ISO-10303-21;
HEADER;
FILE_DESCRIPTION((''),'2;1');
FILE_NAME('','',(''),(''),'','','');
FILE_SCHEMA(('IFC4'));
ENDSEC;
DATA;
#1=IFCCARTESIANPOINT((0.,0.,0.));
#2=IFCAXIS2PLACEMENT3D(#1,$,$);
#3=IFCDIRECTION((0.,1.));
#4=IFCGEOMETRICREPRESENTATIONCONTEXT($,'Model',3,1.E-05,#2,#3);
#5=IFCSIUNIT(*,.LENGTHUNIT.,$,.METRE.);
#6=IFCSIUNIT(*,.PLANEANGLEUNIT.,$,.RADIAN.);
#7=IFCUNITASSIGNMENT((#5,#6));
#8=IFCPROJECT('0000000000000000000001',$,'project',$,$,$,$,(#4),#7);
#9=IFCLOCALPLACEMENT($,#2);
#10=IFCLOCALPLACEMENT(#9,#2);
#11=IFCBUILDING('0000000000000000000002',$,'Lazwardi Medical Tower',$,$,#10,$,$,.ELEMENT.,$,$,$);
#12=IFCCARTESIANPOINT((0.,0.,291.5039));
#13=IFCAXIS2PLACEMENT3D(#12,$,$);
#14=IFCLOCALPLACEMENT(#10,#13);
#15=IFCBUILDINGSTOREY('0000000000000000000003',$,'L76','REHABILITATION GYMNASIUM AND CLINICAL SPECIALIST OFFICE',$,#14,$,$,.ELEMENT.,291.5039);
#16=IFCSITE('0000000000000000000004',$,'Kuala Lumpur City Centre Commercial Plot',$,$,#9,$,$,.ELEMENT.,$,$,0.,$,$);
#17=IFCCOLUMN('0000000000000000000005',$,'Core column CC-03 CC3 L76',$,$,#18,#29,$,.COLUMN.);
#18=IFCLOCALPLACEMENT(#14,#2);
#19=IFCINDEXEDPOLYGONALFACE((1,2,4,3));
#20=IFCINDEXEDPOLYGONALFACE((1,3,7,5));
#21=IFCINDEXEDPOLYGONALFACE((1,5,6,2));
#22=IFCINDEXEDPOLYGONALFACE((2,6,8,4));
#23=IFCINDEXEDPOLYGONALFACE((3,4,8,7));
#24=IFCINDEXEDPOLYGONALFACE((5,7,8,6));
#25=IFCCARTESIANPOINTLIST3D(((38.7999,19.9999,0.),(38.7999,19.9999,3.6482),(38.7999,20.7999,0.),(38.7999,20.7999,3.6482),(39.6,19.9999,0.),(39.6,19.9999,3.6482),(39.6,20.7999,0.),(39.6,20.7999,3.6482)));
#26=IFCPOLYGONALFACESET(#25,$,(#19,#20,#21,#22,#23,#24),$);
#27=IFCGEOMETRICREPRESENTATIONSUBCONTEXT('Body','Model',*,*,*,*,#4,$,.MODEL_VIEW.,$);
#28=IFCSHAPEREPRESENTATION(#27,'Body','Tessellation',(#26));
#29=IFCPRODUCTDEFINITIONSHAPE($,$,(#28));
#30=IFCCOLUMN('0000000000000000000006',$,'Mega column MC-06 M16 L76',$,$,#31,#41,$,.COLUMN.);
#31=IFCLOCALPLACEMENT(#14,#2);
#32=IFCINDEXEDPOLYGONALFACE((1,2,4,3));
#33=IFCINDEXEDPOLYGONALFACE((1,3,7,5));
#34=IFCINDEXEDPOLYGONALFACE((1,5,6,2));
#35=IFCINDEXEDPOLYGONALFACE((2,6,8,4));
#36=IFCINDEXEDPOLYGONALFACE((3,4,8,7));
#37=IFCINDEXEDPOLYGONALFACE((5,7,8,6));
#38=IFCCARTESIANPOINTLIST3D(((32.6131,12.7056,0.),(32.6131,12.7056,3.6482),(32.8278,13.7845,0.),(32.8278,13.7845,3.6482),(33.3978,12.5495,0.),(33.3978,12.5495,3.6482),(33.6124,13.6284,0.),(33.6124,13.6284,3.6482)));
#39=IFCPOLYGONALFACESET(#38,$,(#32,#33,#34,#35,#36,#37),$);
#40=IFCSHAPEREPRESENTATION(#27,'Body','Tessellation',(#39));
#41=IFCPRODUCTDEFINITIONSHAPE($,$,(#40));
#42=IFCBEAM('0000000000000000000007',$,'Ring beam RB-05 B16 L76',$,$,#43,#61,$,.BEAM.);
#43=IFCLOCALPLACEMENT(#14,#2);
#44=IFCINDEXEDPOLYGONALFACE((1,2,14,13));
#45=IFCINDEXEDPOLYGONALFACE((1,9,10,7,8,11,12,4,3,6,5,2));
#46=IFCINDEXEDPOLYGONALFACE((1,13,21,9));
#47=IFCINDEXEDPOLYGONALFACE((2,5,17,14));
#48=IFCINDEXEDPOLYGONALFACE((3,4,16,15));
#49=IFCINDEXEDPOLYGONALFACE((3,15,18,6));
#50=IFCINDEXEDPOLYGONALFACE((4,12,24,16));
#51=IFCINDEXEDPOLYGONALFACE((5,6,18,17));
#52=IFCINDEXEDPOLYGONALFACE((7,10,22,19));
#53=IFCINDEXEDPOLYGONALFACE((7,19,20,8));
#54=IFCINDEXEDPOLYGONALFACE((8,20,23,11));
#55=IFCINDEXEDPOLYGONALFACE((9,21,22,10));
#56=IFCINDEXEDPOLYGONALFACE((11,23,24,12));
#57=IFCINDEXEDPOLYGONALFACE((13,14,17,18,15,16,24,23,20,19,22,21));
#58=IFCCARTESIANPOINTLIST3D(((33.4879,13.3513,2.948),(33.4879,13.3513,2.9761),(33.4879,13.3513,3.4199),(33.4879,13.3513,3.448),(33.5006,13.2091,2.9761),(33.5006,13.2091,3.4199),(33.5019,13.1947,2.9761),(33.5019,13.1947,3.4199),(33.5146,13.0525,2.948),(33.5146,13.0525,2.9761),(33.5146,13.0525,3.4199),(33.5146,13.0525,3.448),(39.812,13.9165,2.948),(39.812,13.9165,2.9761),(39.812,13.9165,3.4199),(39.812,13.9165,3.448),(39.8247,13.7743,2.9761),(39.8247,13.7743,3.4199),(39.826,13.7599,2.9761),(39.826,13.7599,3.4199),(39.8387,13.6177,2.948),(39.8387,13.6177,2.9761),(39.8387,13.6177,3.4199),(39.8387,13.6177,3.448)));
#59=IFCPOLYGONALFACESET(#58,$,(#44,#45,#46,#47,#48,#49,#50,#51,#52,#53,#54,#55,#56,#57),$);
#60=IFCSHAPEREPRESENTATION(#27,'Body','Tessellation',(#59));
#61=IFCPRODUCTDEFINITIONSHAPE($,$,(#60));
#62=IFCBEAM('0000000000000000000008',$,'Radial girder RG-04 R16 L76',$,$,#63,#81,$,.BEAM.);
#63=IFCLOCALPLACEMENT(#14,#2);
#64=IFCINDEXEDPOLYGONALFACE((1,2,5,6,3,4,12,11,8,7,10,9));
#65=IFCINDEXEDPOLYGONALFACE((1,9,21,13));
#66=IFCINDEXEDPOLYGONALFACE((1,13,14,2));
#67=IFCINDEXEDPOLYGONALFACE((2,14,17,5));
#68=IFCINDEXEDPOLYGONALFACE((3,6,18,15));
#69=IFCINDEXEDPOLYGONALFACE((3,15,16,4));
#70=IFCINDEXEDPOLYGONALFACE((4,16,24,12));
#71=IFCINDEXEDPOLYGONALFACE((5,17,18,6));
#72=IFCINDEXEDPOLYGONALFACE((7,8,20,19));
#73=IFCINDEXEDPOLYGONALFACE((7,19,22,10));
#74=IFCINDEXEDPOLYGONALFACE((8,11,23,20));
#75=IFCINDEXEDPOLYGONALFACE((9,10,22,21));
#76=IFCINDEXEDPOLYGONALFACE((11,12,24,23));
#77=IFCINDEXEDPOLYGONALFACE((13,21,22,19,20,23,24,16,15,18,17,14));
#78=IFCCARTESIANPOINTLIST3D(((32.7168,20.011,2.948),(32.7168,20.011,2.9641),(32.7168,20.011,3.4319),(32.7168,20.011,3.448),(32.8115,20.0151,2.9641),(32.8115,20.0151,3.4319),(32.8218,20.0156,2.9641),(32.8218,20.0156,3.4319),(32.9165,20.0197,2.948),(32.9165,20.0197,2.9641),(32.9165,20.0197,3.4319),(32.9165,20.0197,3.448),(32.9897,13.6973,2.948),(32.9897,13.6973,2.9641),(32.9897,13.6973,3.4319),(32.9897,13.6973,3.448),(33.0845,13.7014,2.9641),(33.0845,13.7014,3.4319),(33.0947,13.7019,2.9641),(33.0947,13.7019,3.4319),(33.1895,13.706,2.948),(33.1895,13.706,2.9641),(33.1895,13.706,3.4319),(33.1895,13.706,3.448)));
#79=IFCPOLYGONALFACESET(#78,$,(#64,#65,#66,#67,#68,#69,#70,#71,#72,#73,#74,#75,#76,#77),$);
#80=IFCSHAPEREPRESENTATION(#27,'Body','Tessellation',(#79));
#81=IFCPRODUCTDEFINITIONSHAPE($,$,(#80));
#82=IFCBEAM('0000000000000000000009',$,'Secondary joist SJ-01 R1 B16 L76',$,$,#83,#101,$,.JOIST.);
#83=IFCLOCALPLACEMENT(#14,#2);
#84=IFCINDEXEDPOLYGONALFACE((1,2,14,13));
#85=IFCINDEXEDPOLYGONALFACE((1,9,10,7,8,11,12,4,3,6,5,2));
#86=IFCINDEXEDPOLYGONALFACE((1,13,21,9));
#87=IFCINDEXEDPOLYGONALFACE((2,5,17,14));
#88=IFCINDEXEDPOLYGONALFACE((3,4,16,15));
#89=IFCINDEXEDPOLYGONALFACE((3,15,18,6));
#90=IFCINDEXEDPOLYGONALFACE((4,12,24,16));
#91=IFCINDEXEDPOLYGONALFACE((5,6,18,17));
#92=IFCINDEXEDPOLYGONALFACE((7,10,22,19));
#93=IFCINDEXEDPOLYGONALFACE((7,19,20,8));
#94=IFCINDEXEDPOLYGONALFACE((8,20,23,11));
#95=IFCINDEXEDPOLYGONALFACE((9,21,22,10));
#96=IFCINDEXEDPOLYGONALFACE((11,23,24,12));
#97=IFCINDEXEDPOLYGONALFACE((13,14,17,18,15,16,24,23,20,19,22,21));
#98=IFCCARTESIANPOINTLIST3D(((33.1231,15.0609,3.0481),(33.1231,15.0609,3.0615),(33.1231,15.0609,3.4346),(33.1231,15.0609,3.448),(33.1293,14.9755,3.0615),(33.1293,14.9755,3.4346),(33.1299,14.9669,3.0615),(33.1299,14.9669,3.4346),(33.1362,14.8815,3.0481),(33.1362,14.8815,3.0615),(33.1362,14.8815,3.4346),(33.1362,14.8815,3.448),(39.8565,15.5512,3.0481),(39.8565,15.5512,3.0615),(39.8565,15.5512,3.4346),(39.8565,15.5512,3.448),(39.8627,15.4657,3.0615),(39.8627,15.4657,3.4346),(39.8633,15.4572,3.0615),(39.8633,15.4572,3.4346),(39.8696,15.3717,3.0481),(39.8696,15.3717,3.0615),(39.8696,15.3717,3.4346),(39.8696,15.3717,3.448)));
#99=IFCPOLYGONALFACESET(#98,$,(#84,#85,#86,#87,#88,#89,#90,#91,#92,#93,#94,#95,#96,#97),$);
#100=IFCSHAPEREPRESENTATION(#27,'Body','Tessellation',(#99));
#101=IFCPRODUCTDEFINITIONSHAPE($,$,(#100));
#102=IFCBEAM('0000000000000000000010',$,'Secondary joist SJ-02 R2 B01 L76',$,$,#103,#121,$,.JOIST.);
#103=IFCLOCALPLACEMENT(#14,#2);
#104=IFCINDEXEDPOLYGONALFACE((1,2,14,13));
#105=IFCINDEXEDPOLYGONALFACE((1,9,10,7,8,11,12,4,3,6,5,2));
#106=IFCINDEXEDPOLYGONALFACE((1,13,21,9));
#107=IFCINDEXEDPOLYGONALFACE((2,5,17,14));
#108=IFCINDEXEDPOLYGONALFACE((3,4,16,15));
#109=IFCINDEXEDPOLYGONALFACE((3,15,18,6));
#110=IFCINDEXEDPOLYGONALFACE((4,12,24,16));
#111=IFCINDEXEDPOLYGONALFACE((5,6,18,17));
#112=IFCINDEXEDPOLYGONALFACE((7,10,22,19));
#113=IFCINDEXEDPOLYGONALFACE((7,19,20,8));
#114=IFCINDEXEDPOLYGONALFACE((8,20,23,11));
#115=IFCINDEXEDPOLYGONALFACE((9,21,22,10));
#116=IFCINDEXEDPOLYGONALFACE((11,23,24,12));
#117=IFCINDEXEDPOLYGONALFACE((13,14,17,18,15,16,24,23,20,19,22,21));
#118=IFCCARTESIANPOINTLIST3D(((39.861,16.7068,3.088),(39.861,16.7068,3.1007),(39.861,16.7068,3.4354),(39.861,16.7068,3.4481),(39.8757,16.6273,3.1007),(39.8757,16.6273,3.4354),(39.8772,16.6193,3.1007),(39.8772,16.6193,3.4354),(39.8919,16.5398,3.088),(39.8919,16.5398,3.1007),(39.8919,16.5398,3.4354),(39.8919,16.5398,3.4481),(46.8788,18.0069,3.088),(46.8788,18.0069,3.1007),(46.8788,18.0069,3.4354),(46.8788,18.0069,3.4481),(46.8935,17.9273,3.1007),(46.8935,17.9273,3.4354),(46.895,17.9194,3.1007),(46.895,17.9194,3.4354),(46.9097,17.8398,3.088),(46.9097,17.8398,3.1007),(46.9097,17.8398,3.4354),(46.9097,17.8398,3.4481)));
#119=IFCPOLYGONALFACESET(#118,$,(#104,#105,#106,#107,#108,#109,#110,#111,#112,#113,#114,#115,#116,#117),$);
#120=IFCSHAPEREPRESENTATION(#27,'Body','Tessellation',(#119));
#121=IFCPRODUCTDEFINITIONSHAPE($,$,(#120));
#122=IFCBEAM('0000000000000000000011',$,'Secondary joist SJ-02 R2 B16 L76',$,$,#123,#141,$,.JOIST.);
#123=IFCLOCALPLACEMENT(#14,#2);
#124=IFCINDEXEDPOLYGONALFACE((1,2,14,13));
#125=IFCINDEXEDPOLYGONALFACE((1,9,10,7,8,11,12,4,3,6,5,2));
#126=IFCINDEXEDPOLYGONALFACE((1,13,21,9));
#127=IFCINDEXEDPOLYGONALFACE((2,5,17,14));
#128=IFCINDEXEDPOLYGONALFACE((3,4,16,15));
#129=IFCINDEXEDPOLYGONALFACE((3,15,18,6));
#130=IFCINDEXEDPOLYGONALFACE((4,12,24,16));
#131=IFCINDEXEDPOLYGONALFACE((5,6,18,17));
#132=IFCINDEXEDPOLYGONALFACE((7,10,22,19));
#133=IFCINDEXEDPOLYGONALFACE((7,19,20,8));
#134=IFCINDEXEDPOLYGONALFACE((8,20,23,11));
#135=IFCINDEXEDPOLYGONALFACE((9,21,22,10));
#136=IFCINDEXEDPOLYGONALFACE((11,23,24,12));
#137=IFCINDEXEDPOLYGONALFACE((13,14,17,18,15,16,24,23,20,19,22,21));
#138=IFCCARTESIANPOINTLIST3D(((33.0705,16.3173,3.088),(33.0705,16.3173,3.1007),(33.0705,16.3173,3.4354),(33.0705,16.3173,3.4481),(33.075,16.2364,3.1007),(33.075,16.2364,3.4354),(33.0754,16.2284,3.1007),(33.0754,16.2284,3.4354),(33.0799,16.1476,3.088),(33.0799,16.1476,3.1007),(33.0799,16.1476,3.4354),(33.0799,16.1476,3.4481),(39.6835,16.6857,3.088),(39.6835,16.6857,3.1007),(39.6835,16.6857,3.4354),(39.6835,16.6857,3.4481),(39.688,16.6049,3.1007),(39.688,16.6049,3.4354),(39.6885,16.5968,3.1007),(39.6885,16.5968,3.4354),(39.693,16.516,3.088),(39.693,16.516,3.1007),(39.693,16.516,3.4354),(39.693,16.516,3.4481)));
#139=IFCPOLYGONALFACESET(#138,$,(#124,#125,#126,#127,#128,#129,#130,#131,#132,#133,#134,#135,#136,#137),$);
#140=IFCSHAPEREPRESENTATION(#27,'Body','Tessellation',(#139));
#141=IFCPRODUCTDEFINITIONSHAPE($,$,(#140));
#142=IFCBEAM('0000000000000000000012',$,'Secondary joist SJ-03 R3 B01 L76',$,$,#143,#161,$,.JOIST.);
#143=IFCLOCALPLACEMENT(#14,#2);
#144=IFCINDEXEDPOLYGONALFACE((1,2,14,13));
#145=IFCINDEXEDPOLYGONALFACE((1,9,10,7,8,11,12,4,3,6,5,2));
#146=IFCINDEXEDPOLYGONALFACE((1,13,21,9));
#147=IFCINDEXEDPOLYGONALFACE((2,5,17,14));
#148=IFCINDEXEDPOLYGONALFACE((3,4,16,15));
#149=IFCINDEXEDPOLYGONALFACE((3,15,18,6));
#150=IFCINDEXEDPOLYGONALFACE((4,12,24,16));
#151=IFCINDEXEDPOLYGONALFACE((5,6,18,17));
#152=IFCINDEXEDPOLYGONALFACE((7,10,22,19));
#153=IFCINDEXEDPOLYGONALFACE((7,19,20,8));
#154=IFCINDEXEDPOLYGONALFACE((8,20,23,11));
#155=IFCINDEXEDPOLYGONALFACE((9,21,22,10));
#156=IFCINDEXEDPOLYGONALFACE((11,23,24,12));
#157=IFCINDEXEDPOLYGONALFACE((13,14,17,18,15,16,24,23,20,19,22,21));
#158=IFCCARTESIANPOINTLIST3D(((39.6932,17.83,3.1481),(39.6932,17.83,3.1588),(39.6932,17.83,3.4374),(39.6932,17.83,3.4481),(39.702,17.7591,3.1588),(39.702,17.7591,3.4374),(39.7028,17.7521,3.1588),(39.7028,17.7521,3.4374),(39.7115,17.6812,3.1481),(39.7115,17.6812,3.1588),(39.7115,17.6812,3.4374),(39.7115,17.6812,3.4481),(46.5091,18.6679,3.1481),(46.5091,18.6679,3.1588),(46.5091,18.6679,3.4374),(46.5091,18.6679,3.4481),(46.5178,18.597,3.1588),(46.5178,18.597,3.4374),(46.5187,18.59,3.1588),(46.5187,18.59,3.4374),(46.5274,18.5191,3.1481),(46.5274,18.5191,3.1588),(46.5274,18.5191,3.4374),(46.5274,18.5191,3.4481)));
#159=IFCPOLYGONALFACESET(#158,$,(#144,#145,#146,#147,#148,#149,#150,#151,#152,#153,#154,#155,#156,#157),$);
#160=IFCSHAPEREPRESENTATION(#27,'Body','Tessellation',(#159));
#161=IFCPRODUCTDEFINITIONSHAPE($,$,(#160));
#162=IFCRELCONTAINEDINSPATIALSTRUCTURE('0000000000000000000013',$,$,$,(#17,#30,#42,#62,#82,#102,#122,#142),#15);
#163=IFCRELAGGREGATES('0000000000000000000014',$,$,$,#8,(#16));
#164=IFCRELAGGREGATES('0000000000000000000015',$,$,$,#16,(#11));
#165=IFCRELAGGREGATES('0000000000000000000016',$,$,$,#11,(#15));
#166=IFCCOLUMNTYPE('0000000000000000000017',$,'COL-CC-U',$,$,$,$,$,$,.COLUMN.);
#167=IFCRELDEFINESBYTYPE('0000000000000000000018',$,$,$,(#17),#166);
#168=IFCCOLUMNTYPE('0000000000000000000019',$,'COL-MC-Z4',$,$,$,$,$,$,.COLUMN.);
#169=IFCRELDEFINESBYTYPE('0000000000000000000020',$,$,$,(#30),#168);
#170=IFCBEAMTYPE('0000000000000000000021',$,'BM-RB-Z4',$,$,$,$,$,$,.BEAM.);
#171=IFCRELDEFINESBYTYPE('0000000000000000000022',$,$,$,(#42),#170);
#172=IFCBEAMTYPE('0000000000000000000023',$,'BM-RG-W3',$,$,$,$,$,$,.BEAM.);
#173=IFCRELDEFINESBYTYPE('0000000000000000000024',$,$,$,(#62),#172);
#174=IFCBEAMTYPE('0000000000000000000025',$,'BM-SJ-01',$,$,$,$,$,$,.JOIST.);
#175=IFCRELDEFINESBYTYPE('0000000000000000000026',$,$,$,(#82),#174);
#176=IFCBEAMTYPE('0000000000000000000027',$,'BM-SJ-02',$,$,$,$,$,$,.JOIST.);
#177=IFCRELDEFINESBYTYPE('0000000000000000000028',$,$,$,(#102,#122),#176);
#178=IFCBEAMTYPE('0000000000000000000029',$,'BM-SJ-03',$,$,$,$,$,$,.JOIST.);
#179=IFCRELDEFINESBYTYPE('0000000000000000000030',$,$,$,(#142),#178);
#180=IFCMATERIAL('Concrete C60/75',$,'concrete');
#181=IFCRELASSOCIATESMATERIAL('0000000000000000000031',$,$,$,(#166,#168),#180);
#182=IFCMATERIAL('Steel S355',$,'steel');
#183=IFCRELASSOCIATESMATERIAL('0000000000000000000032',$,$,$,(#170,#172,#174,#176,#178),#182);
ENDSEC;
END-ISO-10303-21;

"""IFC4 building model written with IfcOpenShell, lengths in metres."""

from ifc_helpers import new_model, si_unit, direction, frame, origin, origin_2d, place, context, subcontext, project, spatial, rectangle, i_section, extrude, material, material_profile, profile_set, type_object, element, save


model = new_model("IFC4")

# Units and contexts
model_context = context("Model", 3, precision=1e-05, world=origin(), true_north=direction((0.0, 1.0)))
body_context = subcontext(model_context, "Body", "Model", "MODEL_VIEW")
ifc_project = project(units=[si_unit("LENGTHUNIT", "METRE"), si_unit("PLANEANGLEUNIT", "RADIAN")], contexts=[model_context])

# Site, building, storey
site_placement = place(None, origin())
site = spatial("IfcSite", under=ifc_project, at=site_placement, Name="Kuala Lumpur City Centre Commercial Plot", CompositionType="ELEMENT", RefElevation=0.0)
building_placement = place(site_placement, origin())
building = spatial("IfcBuilding", under=site, at=building_placement, Name="Lazwardi Medical Tower", CompositionType="ELEMENT")
storey_placement = place(building_placement, frame((0.0, 0.0, 291.5039)))
storey = spatial("IfcBuildingStorey", under=building, at=storey_placement, Name="L76", Description="REHABILITATION GYMNASIUM AND CLINICAL SPECIALIST OFFICE", CompositionType="ELEMENT", Elevation=291.5039)

# Columns
ifc_material_1 = material(Name="Concrete C60/75", Category="concrete")
ifc_material_profile_1 = material_profile(ifc_material_1, rectangle(XDim=0.8, YDim=0.8, at=origin_2d()), Name="RC 800x800")
ifc_profile_set_1 = profile_set([ifc_material_profile_1], Name="Concrete C60/75")
column_type_1 = type_object("IfcColumnType", Name="COL-CC-U", PredefinedType="COLUMN", material=ifc_profile_set_1)
column_1_placement = place(storey_placement, frame((39.2, 20.3999, 0.0), z_axis=(0.0, 0.0, 1.0), x_axis=(1.0, 0.0, 0.0)))
element("IfcColumn", 1, at=column_1_placement, inside=storey, type_object=column_type_1, Name="Core column CC-03 CC3 L76", PredefinedType="COLUMN", context=body_context, shape_type="SweptSolid", body=[
    extrude(rectangle(XDim=0.8, YDim=0.8, at=origin_2d()), origin(), (0.0, 0.0, 1.0), 3.6482),
])
ifc_material_profile_2 = material_profile(ifc_material_1, rectangle(XDim=1.1001, YDim=0.8, at=origin_2d()), Name="CFT-RECT 1100x800")
ifc_profile_set_2 = profile_set([ifc_material_profile_2], Name="Concrete C60/75")
column_type_2 = type_object("IfcColumnType", Name="COL-MC-Z4", PredefinedType="COLUMN", material=ifc_profile_set_2)
column_2_placement = place(storey_placement, frame((33.1128, 13.167, 0.0), z_axis=(0.0, 0.0, 1.0), x_axis=(-0.19509, -0.980785, 0.0)))
element("IfcColumn", 2, at=column_2_placement, inside=storey, type_object=column_type_2, Name="Mega column MC-06 M16 L76", PredefinedType="COLUMN", context=body_context, shape_type="SweptSolid", body=[
    extrude(rectangle(XDim=1.1001, YDim=0.8, at=origin_2d()), origin(), (0.0, 0.0, 1.0), 3.6482),
])

# Beams
ifc_material_2 = material(Name="Steel S355", Category="steel")
ifc_material_profile_3 = material_profile(ifc_material_2, i_section(OverallWidth=0.3, OverallDepth=0.5, WebThickness=0.0144, FlangeThickness=0.0281, at=origin_2d()), Name="HEB 500")
ifc_profile_set_3 = profile_set([ifc_material_profile_3], Name="Steel S355")
beam_type_1 = type_object("IfcBeamType", Name="BM-RB-Z4", PredefinedType="BEAM", material=ifc_profile_set_3)
beam_1_placement = place(storey_placement, frame((33.5012, 13.2019, 3.198), z_axis=(0.99603, 0.089014, 0.0), x_axis=(-0.089014, 0.99603, 0.0)))
element("IfcBeam", 3, at=beam_1_placement, inside=storey, type_object=beam_type_1, Name="Ring beam RB-05 B16 L76", PredefinedType="BEAM", context=body_context, shape_type="SweptSolid", body=[
    extrude(i_section(OverallWidth=0.3, OverallDepth=0.5, WebThickness=0.0144, FlangeThickness=0.0281, at=origin_2d()), origin(), (0.0, 0.0, 1.0), 6.3494),
])
ifc_material_profile_4 = material_profile(ifc_material_2, i_section(OverallWidth=0.2, OverallDepth=0.5, WebThickness=0.0103, FlangeThickness=0.0161, at=origin_2d()), Name="IPE 500")
ifc_profile_set_4 = profile_set([ifc_material_profile_4], Name="Steel S355")
beam_type_2 = type_object("IfcBeamType", Name="BM-RG-W3", PredefinedType="BEAM", material=ifc_profile_set_4)
beam_2_placement = place(storey_placement, frame((33.0896, 13.7017, 3.198), z_axis=(-0.043191, 0.999067, 0.0), x_axis=(-0.999067, -0.043191, 0.0)))
element("IfcBeam", 4, at=beam_2_placement, inside=storey, type_object=beam_type_2, Name="Radial girder RG-04 R16 L76", PredefinedType="BEAM", context=body_context, shape_type="SweptSolid", body=[
    extrude(i_section(OverallWidth=0.2, OverallDepth=0.5, WebThickness=0.0103, FlangeThickness=0.0161, at=origin_2d()), origin(), (0.0, 0.0, 1.0), 6.3196),
])
ifc_material_profile_5 = material_profile(ifc_material_2, i_section(OverallWidth=0.1799, OverallDepth=0.3999, WebThickness=0.0085, FlangeThickness=0.0134, at=origin_2d()), Name="IPE 400")
ifc_profile_set_5 = profile_set([ifc_material_profile_5], Name="Steel S355")
beam_type_3 = type_object("IfcBeamType", Name="BM-SJ-01", PredefinedType="JOIST", material=ifc_profile_set_5)
beam_3_placement = place(storey_placement, frame((33.1296, 14.9712, 3.248), z_axis=(0.99736, 0.072614, 0.0), x_axis=(-0.072614, 0.99736, 0.0)))
element("IfcBeam", 5, at=beam_3_placement, inside=storey, type_object=beam_type_3, Name="Secondary joist SJ-01 R1 B16 L76", PredefinedType="JOIST", context=body_context, shape_type="SweptSolid", body=[
    extrude(i_section(OverallWidth=0.1799, OverallDepth=0.3999, WebThickness=0.0085, FlangeThickness=0.0134, at=origin_2d()), origin(), (0.0, 0.0, 1.0), 6.7512),
])
ifc_material_profile_6 = material_profile(ifc_material_2, i_section(OverallWidth=0.1699, OverallDepth=0.3601, WebThickness=0.0081, FlangeThickness=0.0127, at=origin_2d()), Name="IPE 360")
ifc_profile_set_6 = profile_set([ifc_material_profile_6], Name="Steel S355")
beam_type_4 = type_object("IfcBeamType", Name="BM-SJ-02", PredefinedType="JOIST", material=ifc_profile_set_6)
beam_4_placement = place(storey_placement, frame((39.8765, 16.6233, 3.2681), z_axis=(0.983271, 0.182151, 0.0), x_axis=(-0.182151, 0.983271, 0.0)))
element("IfcBeam", 6, at=beam_4_placement, inside=storey, type_object=beam_type_4, Name="Secondary joist SJ-02 R2 B01 L76", PredefinedType="JOIST", context=body_context, shape_type="SweptSolid", body=[
    extrude(i_section(OverallWidth=0.1699, OverallDepth=0.3601, WebThickness=0.0081, FlangeThickness=0.0127, at=origin_2d()), origin(), (0.0, 0.0, 1.0), 7.1372),
])
beam_5_placement = place(storey_placement, frame((33.0752, 16.2324, 3.2681), z_axis=(0.998452, 0.055623, 0.0), x_axis=(-0.055623, 0.998452, 0.0)))
element("IfcBeam", 7, at=beam_5_placement, inside=storey, type_object=beam_type_4, Name="Secondary joist SJ-02 R2 B16 L76", PredefinedType="JOIST", context=body_context, shape_type="SweptSolid", body=[
    extrude(i_section(OverallWidth=0.1699, OverallDepth=0.3601, WebThickness=0.0081, FlangeThickness=0.0127, at=origin_2d()), origin(), (0.0, 0.0, 1.0), 6.6233),
])
ifc_material_profile_7 = material_profile(ifc_material_2, i_section(OverallWidth=0.1499, OverallDepth=0.3, WebThickness=0.0071, FlangeThickness=0.0107, at=origin_2d()), Name="IPE 300")
ifc_profile_set_7 = profile_set([ifc_material_profile_7], Name="Steel S355")
beam_type_5 = type_object("IfcBeamType", Name="BM-SJ-03", PredefinedType="JOIST", material=ifc_profile_set_7)
beam_6_placement = place(storey_placement, frame((39.7024, 17.7556, 3.2981), z_axis=(0.992529, 0.122013, 0.0), x_axis=(-0.122013, 0.992529, 0.0)))
element("IfcBeam", 8, at=beam_6_placement, inside=storey, type_object=beam_type_5, Name="Secondary joist SJ-03 R3 B01 L76", PredefinedType="JOIST", context=body_context, shape_type="SweptSolid", body=[
    extrude(i_section(OverallWidth=0.1499, OverallDepth=0.3, WebThickness=0.0071, FlangeThickness=0.0107, at=origin_2d()), origin(), (0.0, 0.0, 1.0), 6.8672),
])

save(model, "model.ifc")
